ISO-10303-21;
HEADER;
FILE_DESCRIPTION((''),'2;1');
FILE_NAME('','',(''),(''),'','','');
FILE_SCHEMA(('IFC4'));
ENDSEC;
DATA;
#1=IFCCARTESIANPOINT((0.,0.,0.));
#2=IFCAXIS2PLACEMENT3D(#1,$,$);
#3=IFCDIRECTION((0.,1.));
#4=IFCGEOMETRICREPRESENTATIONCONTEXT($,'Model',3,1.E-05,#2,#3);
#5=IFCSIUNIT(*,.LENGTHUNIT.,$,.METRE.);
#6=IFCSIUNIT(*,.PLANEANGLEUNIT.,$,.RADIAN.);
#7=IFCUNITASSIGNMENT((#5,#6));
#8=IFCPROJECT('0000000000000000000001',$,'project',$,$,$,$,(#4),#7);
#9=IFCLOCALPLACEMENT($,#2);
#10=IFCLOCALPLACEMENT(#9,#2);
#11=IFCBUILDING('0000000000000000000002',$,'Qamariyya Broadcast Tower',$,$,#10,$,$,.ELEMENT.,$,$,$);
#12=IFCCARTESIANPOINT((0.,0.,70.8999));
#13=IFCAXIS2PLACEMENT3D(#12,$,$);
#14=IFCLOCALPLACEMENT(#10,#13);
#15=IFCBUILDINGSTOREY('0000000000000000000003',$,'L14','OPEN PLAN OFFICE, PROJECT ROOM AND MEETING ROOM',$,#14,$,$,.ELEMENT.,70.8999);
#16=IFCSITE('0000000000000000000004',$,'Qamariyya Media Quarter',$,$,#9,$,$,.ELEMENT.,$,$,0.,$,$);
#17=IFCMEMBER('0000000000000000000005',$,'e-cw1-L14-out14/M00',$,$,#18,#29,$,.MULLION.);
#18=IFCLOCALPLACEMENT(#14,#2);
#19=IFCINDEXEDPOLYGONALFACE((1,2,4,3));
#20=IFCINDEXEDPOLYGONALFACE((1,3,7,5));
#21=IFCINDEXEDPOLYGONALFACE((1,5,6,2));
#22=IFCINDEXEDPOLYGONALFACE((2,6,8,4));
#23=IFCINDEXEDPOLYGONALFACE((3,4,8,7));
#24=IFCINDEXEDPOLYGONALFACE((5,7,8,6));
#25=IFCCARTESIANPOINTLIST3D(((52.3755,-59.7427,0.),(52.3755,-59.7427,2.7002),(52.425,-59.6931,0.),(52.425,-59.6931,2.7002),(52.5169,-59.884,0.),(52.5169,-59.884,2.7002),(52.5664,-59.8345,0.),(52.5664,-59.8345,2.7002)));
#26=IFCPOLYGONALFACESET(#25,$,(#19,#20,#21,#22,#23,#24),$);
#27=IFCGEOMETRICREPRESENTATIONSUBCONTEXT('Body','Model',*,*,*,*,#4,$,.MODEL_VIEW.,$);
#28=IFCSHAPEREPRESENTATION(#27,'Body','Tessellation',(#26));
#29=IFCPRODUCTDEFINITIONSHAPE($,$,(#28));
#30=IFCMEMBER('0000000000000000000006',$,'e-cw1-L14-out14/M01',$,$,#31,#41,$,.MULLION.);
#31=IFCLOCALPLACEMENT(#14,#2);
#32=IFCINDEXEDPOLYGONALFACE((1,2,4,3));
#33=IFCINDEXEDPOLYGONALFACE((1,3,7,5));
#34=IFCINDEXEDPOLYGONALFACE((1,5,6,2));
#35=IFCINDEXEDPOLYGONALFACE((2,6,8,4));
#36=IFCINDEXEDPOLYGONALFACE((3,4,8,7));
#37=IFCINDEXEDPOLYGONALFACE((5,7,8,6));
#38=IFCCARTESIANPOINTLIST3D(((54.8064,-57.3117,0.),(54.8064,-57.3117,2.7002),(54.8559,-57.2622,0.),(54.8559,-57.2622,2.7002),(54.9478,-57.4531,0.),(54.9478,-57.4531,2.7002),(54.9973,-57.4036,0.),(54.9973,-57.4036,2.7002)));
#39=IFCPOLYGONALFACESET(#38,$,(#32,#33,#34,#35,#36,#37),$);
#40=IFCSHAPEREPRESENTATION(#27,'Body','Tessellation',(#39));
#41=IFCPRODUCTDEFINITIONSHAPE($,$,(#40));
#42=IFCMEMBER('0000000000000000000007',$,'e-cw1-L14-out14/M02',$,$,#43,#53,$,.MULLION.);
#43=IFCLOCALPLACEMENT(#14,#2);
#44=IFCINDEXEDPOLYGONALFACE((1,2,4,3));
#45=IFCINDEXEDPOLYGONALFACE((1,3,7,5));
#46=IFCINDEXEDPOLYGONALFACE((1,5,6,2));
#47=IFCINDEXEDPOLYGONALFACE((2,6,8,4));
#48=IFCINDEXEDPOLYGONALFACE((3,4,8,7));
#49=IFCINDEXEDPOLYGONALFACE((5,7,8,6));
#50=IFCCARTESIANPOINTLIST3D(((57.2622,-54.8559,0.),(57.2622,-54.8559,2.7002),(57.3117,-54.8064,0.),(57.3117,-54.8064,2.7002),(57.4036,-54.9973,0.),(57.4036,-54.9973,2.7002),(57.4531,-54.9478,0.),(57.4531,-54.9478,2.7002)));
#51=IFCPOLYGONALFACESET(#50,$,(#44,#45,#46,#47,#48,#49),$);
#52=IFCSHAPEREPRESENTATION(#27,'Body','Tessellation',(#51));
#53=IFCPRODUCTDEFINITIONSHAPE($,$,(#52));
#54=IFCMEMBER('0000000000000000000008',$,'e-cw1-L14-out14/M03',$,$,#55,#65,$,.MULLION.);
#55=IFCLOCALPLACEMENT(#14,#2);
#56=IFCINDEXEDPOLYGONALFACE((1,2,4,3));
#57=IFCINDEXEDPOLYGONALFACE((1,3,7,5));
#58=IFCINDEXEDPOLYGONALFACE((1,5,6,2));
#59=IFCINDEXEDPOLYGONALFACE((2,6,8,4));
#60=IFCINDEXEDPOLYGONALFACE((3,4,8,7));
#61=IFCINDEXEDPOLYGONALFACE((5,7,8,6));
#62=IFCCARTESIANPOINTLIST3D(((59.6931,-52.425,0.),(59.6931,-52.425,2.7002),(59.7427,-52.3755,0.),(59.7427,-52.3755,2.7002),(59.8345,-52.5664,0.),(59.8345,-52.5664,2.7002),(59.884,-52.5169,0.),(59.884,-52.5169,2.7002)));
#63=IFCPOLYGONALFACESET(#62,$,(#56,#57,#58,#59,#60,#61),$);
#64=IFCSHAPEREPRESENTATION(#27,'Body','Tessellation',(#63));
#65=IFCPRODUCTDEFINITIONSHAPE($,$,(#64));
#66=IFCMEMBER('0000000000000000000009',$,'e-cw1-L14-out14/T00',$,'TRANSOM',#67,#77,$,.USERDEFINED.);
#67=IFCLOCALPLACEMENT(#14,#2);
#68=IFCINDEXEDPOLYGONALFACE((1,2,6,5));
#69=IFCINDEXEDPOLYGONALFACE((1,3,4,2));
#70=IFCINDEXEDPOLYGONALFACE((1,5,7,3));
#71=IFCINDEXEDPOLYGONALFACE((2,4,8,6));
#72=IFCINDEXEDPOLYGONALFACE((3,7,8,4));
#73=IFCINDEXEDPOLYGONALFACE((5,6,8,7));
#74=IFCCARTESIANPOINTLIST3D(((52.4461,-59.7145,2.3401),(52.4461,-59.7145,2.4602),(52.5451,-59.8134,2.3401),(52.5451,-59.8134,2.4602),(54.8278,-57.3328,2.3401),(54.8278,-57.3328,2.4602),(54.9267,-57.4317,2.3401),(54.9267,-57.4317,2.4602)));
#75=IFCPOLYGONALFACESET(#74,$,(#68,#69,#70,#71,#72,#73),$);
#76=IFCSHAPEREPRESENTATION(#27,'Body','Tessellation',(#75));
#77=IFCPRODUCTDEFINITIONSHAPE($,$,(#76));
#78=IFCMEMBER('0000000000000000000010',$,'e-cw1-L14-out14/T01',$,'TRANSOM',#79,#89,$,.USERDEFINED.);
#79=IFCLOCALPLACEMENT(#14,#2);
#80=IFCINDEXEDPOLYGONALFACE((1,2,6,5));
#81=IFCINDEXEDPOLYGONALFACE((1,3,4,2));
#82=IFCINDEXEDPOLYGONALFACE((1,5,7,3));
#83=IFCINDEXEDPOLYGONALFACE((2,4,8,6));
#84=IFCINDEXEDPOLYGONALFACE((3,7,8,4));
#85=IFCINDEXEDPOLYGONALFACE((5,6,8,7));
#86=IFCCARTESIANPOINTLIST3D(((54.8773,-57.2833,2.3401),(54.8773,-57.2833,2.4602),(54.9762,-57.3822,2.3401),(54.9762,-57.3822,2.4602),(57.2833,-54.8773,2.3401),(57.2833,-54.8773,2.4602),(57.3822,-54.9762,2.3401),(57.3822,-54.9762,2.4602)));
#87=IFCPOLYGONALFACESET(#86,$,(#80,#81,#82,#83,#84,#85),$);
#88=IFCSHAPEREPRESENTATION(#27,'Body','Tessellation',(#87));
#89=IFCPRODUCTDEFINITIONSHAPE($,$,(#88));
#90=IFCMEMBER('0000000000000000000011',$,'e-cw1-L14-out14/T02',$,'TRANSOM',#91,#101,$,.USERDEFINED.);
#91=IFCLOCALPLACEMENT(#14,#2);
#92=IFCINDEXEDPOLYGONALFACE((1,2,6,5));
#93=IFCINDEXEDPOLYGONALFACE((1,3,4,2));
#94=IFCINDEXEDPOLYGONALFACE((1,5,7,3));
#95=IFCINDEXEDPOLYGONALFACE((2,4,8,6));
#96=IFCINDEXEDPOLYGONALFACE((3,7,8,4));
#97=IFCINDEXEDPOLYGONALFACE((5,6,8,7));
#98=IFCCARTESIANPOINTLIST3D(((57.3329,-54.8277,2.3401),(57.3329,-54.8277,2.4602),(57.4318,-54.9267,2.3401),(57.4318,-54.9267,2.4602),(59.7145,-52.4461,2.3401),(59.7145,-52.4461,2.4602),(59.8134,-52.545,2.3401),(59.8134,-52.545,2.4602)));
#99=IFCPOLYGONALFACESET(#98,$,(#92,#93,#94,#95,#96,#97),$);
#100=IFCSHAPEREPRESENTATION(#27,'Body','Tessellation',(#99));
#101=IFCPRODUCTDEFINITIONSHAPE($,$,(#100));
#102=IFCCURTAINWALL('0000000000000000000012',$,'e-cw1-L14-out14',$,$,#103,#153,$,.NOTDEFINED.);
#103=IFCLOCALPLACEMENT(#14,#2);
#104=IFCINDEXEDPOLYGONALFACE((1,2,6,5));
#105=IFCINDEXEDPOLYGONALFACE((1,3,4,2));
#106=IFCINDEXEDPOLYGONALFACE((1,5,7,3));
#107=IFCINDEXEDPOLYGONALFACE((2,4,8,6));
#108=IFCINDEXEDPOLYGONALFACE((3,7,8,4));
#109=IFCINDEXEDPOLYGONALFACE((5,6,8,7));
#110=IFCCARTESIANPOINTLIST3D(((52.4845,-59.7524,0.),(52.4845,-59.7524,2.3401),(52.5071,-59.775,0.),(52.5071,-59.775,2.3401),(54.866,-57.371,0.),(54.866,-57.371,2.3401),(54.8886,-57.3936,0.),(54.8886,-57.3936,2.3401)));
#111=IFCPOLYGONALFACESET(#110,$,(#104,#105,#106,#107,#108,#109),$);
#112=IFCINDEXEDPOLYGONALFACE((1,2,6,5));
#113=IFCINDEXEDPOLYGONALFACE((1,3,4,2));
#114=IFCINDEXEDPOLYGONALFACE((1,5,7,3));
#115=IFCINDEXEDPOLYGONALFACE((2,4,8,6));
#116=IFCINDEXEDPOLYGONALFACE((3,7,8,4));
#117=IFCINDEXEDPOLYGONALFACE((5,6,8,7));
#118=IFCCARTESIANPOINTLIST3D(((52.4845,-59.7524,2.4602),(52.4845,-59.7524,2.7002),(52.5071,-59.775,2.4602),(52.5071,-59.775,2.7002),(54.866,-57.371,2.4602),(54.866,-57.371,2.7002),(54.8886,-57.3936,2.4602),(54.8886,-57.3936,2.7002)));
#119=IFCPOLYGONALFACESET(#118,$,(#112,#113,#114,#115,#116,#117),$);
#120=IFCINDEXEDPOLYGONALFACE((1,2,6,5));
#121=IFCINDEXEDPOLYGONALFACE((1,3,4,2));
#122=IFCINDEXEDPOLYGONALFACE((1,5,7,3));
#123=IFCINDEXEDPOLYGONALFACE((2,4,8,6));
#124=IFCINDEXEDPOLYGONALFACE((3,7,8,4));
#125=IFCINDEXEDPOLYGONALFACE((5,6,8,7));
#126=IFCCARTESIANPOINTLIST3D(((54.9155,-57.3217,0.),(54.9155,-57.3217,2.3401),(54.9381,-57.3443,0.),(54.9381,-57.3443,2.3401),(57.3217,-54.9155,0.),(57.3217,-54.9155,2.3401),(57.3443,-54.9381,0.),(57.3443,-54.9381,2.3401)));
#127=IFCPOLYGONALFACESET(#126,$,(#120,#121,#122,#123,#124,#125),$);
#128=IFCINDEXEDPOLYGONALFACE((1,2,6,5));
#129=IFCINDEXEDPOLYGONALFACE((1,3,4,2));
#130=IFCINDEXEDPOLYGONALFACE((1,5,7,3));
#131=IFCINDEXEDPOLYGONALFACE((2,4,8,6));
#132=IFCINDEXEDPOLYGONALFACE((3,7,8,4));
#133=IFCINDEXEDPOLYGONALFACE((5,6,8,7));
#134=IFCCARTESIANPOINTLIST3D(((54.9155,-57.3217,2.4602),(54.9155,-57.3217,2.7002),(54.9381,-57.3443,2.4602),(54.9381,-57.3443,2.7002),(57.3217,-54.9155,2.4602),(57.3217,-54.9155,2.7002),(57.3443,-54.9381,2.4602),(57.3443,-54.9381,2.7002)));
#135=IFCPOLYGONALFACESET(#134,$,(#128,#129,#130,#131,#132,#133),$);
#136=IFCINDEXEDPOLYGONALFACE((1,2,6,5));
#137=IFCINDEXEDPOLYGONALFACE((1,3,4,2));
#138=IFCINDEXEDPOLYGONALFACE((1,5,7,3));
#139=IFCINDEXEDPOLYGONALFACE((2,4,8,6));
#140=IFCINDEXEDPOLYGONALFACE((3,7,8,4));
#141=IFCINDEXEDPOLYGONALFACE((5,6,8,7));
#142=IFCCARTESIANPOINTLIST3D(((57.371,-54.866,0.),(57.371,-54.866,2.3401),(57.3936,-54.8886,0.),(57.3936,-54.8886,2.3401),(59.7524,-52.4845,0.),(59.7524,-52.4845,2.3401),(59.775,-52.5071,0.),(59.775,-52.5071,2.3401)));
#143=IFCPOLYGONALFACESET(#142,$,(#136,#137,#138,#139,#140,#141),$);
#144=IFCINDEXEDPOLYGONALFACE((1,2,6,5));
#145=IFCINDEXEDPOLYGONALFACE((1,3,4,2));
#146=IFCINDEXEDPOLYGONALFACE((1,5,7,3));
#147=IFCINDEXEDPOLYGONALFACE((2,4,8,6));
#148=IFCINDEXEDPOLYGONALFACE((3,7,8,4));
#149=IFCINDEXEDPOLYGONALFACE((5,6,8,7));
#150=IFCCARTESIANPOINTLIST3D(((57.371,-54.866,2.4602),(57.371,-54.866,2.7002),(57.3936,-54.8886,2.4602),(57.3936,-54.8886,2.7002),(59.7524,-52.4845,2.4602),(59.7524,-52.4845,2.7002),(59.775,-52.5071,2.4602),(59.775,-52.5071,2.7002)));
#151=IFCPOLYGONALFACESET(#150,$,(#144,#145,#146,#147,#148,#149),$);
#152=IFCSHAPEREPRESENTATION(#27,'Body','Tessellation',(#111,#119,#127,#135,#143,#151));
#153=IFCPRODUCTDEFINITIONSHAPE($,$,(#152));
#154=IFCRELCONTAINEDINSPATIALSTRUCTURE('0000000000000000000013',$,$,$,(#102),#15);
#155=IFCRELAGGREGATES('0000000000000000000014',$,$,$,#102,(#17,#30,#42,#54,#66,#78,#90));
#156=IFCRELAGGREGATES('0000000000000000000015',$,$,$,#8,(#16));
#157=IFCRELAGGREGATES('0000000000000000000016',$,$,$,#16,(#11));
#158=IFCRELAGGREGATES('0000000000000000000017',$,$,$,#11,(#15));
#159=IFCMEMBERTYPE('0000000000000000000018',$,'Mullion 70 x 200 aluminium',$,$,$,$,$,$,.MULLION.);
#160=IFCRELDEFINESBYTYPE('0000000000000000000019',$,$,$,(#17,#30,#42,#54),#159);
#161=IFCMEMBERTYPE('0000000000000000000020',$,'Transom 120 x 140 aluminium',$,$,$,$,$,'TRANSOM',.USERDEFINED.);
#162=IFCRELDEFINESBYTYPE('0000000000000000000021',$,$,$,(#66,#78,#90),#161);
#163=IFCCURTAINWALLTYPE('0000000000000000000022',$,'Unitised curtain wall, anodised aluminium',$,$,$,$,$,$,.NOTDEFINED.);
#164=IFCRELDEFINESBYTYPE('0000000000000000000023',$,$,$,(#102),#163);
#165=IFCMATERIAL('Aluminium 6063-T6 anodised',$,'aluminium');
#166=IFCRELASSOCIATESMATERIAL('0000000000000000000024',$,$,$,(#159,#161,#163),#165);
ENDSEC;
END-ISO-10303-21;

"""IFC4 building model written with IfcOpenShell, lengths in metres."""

from ifc_helpers import new_model, si_unit, direction, frame, origin, origin_2d, place, context, subcontext, project, spatial, rectangle, extrude, material, material_profile, profile_set, type_object, element, aggregate, save


model = new_model("IFC4")

# Units and contexts
model_context = context("Model", 3, precision=1e-05, world=origin(), true_north=direction((0.0, 1.0)))
body_context = subcontext(model_context, "Body", "Model", "MODEL_VIEW")
ifc_project = project(units=[si_unit("LENGTHUNIT", "METRE"), si_unit("PLANEANGLEUNIT", "RADIAN")], contexts=[model_context])

# Members
ifc_material_1 = material(Name="Aluminium 6063-T6 anodised", Category="aluminium")
ifc_material_profile_1 = material_profile(ifc_material_1, rectangle(XDim=0.2, YDim=0.0701, at=origin_2d()))
ifc_profile_set_1 = profile_set([ifc_material_profile_1], Name="Aluminium 6063-T6 anodised")
member_type_1 = type_object("IfcMemberType", Name="Mullion 70 x 200 aluminium", PredefinedType="MULLION", material=ifc_profile_set_1)
site_placement = place(None, origin())
building_placement = place(site_placement, origin())
storey_placement = place(building_placement, frame((0.0, 0.0, 70.8999)))
member_1_placement = place(storey_placement, frame((52.4709, -59.7886, 0.0), z_axis=(0.0, 0.0, 1.0), x_axis=(-0.707107, 0.707107, 0.0)))
member_1 = element("IfcMember", 1, at=member_1_placement, type_object=member_type_1, Name="e-cw1-L14-out14/M00", PredefinedType="MULLION", context=body_context, shape_type="SweptSolid", body=[
    extrude(rectangle(XDim=0.2, YDim=0.0701, at=origin_2d()), origin(), (0.0, 0.0, 1.0), 2.7002),
])
member_2_placement = place(storey_placement, frame((54.9019, -57.3577, 0.0), z_axis=(0.0, 0.0, 1.0), x_axis=(-0.707107, 0.707107, 0.0)))
member_2 = element("IfcMember", 2, at=member_2_placement, type_object=member_type_1, Name="e-cw1-L14-out14/M01", PredefinedType="MULLION", context=body_context, shape_type="SweptSolid", body=[
    extrude(rectangle(XDim=0.2, YDim=0.0701, at=origin_2d()), origin(), (0.0, 0.0, 1.0), 2.7002),
])
member_3_placement = place(storey_placement, frame((57.3577, -54.9019, 0.0), z_axis=(0.0, 0.0, 1.0), x_axis=(-0.707107, 0.707107, 0.0)))
member_3 = element("IfcMember", 3, at=member_3_placement, type_object=member_type_1, Name="e-cw1-L14-out14/M02", PredefinedType="MULLION", context=body_context, shape_type="SweptSolid", body=[
    extrude(rectangle(XDim=0.2, YDim=0.0701, at=origin_2d()), origin(), (0.0, 0.0, 1.0), 2.7002),
])
member_4_placement = place(storey_placement, frame((59.7886, -52.4709, 0.0), z_axis=(0.0, 0.0, 1.0), x_axis=(-0.707107, 0.707107, 0.0)))
member_4 = element("IfcMember", 4, at=member_4_placement, type_object=member_type_1, Name="e-cw1-L14-out14/M03", PredefinedType="MULLION", context=body_context, shape_type="SweptSolid", body=[
    extrude(rectangle(XDim=0.2, YDim=0.0701, at=origin_2d()), origin(), (0.0, 0.0, 1.0), 2.7002),
])
ifc_material_profile_2 = material_profile(ifc_material_1, rectangle(XDim=0.1399, YDim=0.1201, at=origin_2d()))
ifc_profile_set_2 = profile_set([ifc_material_profile_2], Name="Aluminium 6063-T6 anodised")
member_type_2 = type_object("IfcMemberType", Name="Transom 120 x 140 aluminium", ElementType="TRANSOM", PredefinedType="USERDEFINED", material=ifc_profile_set_2)
member_5_placement = place(storey_placement, frame((52.4956, -59.7639, 2.4001), z_axis=(0.707107, 0.707107, 0.0), x_axis=(-0.707107, 0.707107, 0.0)))
member_5 = element("IfcMember", 5, at=member_5_placement, type_object=member_type_2, Name="e-cw1-L14-out14/T00", ObjectType="TRANSOM", PredefinedType="USERDEFINED", context=body_context, shape_type="SweptSolid", body=[
    extrude(rectangle(XDim=0.1399, YDim=0.1201, at=origin_2d()), origin(), (0.0, 0.0, 1.0), 3.3682),
])
member_6_placement = place(storey_placement, frame((54.9268, -57.3328, 2.4001), z_axis=(0.707107, 0.707107, 0.0), x_axis=(-0.707107, 0.707107, 0.0)))
member_6 = element("IfcMember", 6, at=member_6_placement, type_object=member_type_2, Name="e-cw1-L14-out14/T01", ObjectType="TRANSOM", PredefinedType="USERDEFINED", context=body_context, shape_type="SweptSolid", body=[
    extrude(rectangle(XDim=0.1399, YDim=0.1201, at=origin_2d()), origin(), (0.0, 0.0, 1.0), 3.4026),
])
member_7_placement = place(storey_placement, frame((57.3823, -54.8772, 2.4001), z_axis=(0.707107, 0.707107, 0.0), x_axis=(-0.707107, 0.707107, 0.0)))
member_7 = element("IfcMember", 7, at=member_7_placement, type_object=member_type_2, Name="e-cw1-L14-out14/T02", ObjectType="TRANSOM", PredefinedType="USERDEFINED", context=body_context, shape_type="SweptSolid", body=[
    extrude(rectangle(XDim=0.1399, YDim=0.1201, at=origin_2d()), origin(), (0.0, 0.0, 1.0), 3.3682),
])

# Site, building, storey
site = spatial("IfcSite", under=ifc_project, at=site_placement, Name="Qamariyya Media Quarter", CompositionType="ELEMENT", RefElevation=0.0)
building = spatial("IfcBuilding", under=site, at=building_placement, Name="Qamariyya Broadcast Tower", CompositionType="ELEMENT")
storey = spatial("IfcBuildingStorey", under=building, at=storey_placement, Name="L14", Description="OPEN PLAN OFFICE, PROJECT ROOM AND MEETING ROOM", CompositionType="ELEMENT", Elevation=70.8999)

# Curtain wall
curtain_wall_type = type_object("IfcCurtainWallType", Name="Unitised curtain wall, anodised aluminium", PredefinedType="NOTDEFINED", material=ifc_material_1)
curtain_wall_1_placement = place(storey_placement, origin())
curtain_wall_1 = element("IfcCurtainWall", 8, at=curtain_wall_1_placement, inside=storey, type_object=curtain_wall_type, Name="e-cw1-L14-out14", PredefinedType="NOTDEFINED", context=body_context, shape_type="SweptSolid", body=[
    extrude(rectangle(XDim=3.3679, YDim=0.032, at=origin_2d()), frame((53.6865, -58.573, 0.0), x_axis=(0.707107, 0.707107, 0.0)), (0.0, 0.0, 1.0), 2.3401),
    extrude(rectangle(XDim=3.3679, YDim=0.032, at=origin_2d()), frame((53.6865, -58.573, 2.4602), x_axis=(0.707107, 0.707107, 0.0)), (0.0, 0.0, 1.0), 0.24),
    extrude(rectangle(XDim=3.4028, YDim=0.032, at=origin_2d()), frame((56.1299, -56.1299, 0.0), x_axis=(0.707107, 0.707107, 0.0)), (0.0, 0.0, 1.0), 2.3401),
    extrude(rectangle(XDim=3.4028, YDim=0.032, at=origin_2d()), frame((56.1299, -56.1299, 2.4602), x_axis=(0.707107, 0.707107, 0.0)), (0.0, 0.0, 1.0), 0.24),
    extrude(rectangle(XDim=3.3679, YDim=0.032, at=origin_2d()), frame((58.573, -53.6865, 0.0), x_axis=(0.707107, 0.707107, 0.0)), (0.0, 0.0, 1.0), 2.3401),
    extrude(rectangle(XDim=3.3679, YDim=0.032, at=origin_2d()), frame((58.573, -53.6865, 2.4602), x_axis=(0.707107, 0.707107, 0.0)), (0.0, 0.0, 1.0), 0.24),
])
aggregate(curtain_wall_1, [member_1, member_2, member_3, member_4, member_5, member_6, member_7])

save(model, "model.ifc")
